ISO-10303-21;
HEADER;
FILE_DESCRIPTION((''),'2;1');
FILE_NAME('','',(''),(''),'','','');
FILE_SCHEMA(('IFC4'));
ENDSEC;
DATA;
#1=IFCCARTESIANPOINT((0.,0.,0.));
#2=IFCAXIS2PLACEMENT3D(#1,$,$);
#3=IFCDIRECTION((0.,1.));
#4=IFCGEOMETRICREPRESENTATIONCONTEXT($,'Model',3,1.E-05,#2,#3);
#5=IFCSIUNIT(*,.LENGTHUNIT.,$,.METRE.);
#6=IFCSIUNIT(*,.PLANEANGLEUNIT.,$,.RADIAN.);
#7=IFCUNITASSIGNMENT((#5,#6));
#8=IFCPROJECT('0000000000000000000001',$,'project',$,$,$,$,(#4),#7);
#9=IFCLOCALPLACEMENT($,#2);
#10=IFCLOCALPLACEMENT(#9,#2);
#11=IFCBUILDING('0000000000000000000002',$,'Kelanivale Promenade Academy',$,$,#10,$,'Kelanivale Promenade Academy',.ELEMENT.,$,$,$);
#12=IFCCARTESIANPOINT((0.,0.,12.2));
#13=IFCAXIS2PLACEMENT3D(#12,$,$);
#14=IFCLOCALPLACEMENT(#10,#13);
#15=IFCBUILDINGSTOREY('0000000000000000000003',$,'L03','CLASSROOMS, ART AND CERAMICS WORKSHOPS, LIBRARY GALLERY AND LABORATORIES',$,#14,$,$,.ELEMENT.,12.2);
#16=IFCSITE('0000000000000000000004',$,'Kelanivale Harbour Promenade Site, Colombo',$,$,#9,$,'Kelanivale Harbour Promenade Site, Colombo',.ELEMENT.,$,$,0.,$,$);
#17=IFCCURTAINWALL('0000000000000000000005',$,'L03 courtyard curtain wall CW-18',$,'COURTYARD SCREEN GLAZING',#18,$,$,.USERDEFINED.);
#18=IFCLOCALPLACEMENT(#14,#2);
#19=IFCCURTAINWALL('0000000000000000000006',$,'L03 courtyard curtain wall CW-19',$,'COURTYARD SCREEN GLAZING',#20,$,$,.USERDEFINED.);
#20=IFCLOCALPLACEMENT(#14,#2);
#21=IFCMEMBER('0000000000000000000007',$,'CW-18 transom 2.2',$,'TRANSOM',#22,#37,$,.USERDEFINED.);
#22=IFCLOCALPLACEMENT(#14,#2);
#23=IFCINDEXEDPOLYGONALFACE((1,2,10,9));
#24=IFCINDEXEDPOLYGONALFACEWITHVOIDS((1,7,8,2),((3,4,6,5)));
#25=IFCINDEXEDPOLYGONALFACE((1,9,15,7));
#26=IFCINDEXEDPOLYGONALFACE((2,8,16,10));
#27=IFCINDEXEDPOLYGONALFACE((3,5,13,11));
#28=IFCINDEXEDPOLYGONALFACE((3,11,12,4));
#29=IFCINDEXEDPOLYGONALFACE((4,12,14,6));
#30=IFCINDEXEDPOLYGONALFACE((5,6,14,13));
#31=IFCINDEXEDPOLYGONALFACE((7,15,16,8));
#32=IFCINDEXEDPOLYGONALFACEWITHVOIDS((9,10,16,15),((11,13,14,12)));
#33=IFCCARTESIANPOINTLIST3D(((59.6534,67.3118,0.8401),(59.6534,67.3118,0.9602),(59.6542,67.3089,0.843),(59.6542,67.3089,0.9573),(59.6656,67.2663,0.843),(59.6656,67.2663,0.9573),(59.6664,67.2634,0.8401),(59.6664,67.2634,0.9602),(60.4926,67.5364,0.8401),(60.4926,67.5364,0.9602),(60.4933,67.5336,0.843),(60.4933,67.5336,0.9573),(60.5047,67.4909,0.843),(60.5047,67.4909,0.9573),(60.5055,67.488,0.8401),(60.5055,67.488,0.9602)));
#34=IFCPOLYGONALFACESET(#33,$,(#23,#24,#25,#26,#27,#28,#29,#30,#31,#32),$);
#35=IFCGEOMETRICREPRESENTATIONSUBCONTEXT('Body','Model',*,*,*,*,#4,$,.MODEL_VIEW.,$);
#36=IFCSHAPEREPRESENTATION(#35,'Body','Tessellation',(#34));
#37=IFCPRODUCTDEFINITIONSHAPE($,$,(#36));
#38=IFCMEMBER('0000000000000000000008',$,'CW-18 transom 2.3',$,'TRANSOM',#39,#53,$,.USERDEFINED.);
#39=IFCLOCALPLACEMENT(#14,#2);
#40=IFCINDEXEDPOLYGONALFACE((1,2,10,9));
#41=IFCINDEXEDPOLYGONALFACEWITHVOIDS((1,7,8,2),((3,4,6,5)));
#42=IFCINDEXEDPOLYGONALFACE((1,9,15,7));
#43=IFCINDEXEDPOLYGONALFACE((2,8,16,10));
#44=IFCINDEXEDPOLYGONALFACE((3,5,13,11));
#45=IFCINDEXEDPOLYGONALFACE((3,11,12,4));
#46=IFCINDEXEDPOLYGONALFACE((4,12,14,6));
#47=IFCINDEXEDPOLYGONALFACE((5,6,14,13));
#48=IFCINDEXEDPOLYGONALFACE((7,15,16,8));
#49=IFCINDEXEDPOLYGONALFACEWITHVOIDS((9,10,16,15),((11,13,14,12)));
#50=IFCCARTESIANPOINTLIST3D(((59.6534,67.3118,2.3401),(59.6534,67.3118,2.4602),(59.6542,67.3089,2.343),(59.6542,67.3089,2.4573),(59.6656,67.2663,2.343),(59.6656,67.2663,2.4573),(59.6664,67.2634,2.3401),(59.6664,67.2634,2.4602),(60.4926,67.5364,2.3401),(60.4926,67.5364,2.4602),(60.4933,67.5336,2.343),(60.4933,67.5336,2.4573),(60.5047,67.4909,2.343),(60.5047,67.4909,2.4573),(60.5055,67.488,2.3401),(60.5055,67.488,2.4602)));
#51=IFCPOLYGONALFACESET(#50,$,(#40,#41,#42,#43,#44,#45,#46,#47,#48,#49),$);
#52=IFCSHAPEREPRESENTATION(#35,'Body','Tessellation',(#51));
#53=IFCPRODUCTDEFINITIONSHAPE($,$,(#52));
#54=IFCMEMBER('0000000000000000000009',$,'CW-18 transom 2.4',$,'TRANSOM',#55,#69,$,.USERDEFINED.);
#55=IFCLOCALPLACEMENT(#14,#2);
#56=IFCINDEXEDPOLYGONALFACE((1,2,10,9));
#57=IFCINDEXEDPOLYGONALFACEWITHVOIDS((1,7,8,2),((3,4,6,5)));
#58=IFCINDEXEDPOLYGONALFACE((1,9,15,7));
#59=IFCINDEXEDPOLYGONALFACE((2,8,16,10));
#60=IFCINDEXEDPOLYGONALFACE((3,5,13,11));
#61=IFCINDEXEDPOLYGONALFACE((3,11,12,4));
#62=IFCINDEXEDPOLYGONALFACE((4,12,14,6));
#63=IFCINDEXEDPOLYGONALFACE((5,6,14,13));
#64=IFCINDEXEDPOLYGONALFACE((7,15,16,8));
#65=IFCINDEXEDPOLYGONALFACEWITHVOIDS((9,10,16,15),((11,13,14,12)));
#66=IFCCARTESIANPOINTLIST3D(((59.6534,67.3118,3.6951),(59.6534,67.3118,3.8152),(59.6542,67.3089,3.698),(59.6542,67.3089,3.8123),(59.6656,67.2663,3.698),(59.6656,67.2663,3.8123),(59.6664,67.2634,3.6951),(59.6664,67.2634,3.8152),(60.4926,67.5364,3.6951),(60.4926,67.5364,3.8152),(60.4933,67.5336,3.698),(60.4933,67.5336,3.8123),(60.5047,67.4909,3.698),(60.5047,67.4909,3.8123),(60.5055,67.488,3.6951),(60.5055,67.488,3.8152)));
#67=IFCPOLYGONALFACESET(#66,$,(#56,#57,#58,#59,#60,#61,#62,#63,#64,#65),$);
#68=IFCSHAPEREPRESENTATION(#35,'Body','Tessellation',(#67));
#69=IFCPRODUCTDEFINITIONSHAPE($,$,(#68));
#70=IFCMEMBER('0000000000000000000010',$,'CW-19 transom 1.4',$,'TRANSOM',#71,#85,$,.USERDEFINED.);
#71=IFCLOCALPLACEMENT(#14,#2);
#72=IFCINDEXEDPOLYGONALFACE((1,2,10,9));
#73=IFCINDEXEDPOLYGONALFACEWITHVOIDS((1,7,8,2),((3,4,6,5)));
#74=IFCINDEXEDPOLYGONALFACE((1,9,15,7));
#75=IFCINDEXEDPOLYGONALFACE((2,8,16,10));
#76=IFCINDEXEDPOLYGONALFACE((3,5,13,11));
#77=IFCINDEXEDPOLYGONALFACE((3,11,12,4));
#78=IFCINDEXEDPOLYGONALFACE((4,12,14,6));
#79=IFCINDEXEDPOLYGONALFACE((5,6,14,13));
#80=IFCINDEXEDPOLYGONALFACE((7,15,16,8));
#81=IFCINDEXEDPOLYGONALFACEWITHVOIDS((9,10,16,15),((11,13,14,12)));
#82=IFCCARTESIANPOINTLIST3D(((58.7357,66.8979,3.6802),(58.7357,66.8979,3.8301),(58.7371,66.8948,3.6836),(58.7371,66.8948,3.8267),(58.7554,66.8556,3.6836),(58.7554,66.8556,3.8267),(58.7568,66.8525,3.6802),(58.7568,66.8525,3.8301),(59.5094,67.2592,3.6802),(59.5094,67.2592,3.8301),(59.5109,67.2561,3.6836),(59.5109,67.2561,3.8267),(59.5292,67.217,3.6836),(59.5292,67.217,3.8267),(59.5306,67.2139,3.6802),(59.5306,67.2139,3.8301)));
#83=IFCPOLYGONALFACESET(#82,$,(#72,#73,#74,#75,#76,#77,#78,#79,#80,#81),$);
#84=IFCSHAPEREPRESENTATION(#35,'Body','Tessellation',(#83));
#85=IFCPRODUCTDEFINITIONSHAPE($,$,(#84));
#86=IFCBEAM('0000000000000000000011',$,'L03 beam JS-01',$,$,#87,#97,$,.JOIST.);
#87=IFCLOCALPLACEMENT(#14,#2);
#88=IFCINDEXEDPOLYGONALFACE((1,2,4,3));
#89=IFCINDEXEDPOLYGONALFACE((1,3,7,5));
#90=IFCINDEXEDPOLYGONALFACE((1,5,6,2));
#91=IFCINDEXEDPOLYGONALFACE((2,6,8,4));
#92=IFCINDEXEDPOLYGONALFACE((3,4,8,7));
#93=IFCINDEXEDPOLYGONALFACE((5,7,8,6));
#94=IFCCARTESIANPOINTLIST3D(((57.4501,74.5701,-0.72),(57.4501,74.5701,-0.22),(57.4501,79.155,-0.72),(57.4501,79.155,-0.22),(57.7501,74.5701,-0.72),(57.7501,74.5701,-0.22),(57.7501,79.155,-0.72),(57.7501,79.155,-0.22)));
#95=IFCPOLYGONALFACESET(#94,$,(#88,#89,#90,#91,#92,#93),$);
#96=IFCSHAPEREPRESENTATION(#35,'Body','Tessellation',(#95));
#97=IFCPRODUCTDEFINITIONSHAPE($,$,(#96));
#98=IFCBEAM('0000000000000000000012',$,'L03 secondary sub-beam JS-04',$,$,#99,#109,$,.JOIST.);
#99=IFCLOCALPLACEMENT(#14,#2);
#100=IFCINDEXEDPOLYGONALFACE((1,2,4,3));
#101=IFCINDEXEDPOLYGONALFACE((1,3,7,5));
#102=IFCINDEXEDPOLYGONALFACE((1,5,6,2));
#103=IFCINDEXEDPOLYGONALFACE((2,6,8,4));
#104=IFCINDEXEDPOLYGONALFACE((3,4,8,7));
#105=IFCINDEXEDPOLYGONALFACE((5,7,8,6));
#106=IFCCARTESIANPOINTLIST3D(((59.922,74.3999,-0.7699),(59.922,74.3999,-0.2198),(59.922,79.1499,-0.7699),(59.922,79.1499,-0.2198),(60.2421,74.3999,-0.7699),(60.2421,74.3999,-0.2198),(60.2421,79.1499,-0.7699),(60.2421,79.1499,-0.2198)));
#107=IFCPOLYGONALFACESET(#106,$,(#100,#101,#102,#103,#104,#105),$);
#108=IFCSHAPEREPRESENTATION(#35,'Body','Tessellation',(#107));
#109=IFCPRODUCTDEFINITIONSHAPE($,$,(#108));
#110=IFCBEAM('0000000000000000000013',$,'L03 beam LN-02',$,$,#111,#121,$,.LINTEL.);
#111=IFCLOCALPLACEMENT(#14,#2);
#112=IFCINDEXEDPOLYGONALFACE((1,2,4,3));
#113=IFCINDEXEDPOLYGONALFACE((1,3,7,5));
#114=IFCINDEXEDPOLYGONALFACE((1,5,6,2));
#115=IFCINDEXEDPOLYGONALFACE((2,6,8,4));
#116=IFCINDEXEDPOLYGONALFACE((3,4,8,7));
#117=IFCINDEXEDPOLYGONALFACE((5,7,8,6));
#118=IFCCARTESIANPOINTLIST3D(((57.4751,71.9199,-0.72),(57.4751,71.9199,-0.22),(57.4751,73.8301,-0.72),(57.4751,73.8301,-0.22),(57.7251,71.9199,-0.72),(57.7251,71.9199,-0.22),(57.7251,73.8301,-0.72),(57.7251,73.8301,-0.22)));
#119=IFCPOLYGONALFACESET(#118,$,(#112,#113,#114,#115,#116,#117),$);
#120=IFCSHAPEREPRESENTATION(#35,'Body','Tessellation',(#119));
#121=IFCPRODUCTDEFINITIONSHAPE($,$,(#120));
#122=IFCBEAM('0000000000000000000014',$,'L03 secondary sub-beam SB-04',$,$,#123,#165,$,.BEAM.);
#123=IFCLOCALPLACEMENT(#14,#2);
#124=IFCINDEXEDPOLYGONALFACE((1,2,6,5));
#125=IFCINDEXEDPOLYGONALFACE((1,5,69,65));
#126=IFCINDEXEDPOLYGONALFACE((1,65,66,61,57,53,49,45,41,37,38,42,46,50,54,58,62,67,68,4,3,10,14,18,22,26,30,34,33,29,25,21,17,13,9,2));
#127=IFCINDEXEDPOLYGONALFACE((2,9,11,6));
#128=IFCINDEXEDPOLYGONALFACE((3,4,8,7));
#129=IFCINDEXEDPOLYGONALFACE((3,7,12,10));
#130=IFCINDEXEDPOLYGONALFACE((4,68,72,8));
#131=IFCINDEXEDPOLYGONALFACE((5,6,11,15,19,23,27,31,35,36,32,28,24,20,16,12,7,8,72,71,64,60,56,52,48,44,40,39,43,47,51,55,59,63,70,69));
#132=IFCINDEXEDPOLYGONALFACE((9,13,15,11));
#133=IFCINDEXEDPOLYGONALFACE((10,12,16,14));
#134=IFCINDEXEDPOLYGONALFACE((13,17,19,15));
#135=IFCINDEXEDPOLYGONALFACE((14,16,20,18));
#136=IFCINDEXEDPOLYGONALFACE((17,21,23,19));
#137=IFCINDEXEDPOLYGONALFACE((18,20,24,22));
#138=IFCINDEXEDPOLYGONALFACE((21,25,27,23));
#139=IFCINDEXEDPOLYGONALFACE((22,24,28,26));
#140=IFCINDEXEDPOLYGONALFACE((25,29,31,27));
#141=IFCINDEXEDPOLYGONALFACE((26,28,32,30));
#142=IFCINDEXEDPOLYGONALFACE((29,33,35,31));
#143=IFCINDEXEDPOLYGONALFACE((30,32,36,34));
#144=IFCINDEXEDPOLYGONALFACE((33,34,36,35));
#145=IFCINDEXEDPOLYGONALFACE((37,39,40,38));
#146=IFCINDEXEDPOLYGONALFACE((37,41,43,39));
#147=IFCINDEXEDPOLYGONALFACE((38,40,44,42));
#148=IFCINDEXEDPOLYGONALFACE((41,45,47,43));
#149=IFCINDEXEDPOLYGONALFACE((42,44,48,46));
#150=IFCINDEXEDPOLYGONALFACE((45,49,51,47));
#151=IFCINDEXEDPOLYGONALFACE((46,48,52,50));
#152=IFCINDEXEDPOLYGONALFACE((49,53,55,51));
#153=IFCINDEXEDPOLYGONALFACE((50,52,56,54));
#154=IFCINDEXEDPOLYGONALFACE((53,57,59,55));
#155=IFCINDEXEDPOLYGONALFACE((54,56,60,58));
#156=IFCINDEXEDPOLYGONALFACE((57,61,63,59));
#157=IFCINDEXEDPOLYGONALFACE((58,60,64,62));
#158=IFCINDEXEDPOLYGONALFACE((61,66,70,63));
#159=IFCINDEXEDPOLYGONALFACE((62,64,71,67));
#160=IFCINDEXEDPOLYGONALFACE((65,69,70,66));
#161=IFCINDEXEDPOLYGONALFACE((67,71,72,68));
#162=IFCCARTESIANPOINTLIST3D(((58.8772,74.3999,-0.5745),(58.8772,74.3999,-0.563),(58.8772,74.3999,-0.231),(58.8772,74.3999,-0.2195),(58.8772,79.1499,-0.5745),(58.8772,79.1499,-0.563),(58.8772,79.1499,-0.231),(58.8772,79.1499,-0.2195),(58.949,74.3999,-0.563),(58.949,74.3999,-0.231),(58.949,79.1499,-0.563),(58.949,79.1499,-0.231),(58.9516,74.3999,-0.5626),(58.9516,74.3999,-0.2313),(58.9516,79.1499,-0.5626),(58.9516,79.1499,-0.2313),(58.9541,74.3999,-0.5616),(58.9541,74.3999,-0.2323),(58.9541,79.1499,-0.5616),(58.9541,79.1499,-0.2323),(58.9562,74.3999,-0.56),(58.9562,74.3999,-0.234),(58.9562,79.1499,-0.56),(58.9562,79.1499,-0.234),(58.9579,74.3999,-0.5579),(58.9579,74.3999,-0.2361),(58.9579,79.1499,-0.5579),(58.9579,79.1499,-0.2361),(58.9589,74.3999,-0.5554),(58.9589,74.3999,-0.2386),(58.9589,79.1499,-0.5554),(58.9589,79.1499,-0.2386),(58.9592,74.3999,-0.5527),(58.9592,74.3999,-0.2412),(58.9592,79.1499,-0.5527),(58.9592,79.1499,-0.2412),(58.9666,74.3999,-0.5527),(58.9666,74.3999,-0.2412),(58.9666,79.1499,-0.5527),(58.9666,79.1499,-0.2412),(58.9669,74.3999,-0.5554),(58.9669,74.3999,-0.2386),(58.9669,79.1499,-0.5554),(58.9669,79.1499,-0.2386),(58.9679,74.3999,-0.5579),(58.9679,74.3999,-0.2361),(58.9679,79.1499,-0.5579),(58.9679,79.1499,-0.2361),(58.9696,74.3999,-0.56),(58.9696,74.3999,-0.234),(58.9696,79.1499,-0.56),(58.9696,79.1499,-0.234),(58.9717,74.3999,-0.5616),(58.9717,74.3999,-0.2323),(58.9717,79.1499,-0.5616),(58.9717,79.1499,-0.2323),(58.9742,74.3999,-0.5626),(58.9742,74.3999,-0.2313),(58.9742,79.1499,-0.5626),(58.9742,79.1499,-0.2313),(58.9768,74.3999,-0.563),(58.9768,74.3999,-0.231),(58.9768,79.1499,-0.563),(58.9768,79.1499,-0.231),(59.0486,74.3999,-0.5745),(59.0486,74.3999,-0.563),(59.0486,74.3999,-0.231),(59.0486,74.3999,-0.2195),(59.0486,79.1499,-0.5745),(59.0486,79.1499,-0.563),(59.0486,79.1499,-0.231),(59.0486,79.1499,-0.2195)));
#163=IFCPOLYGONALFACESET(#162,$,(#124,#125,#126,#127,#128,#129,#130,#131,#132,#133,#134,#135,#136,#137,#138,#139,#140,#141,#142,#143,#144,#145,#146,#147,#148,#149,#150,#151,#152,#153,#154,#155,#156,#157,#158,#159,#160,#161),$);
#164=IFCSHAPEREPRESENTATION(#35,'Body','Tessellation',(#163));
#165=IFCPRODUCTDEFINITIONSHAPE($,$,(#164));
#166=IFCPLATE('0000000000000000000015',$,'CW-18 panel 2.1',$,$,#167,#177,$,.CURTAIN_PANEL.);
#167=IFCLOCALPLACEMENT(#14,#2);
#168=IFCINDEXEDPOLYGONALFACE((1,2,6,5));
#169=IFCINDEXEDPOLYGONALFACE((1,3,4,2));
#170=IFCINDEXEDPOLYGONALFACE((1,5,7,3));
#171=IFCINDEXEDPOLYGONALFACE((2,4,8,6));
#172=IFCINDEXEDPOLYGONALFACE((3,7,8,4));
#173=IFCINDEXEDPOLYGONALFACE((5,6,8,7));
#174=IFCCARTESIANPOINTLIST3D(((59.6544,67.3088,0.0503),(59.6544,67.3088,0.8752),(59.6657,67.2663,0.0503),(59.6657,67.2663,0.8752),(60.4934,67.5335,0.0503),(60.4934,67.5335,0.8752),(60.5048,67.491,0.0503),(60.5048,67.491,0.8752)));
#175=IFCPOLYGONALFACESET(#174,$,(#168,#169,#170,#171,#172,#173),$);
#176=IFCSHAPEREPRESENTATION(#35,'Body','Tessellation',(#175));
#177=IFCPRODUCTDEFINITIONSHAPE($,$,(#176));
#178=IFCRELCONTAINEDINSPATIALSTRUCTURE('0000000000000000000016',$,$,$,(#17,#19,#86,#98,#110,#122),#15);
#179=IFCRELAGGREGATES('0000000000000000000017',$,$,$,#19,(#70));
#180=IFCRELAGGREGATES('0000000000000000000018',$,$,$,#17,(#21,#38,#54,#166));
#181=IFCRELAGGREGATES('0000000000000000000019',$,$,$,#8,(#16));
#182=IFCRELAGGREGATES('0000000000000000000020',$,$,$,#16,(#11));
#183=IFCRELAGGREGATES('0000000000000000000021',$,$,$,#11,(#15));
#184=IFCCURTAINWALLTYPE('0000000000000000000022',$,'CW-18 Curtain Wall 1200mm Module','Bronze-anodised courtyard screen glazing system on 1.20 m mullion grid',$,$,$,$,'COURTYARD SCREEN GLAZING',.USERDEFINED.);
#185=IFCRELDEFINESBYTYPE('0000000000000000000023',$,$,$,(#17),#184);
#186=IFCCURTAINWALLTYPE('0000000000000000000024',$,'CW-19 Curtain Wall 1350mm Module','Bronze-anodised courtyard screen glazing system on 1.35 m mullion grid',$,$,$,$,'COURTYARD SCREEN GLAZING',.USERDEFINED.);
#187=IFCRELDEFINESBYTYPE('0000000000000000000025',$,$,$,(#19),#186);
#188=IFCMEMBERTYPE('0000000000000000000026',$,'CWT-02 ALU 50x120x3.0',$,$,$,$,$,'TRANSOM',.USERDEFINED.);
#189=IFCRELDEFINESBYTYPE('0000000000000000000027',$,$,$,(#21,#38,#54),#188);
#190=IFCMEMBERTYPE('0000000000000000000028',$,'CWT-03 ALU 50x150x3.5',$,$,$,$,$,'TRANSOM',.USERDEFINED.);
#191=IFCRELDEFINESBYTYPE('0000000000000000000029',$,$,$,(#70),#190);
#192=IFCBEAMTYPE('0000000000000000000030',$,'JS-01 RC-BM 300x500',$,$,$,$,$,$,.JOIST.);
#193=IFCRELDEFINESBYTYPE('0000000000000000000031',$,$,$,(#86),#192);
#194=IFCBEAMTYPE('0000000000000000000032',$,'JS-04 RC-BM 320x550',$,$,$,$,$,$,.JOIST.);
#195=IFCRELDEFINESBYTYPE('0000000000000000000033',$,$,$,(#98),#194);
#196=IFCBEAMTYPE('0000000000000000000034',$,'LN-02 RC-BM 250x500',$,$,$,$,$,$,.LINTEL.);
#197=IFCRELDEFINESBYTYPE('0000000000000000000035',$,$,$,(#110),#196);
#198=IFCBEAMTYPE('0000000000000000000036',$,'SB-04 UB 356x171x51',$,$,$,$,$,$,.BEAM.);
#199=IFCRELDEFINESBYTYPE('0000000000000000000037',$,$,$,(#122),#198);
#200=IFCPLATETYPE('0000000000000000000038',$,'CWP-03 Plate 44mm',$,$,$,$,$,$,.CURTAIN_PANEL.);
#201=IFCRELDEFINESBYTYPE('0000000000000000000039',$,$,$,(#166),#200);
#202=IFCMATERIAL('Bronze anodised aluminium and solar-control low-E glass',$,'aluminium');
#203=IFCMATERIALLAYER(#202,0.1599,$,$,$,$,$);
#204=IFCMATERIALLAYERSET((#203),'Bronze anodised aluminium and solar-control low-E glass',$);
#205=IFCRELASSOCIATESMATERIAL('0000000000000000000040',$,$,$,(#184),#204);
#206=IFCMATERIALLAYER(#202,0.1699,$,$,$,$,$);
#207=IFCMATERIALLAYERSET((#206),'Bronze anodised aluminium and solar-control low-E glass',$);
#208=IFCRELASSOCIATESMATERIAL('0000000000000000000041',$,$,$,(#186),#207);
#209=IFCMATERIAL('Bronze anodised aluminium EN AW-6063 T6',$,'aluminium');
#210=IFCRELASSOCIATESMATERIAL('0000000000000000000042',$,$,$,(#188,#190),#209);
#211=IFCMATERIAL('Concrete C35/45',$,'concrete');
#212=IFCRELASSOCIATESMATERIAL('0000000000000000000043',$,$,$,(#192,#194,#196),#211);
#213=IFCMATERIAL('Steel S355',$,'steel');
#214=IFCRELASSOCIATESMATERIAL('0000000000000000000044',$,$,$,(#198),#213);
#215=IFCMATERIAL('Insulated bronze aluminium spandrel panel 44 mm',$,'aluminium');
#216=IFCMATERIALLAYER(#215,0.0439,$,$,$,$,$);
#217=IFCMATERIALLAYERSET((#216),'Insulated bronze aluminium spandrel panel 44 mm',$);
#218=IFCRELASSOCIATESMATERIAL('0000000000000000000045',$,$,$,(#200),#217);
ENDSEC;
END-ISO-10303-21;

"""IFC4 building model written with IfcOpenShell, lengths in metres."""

from ifc_helpers import new_model, si_unit, direction, frame, origin, origin_2d, place, context, subcontext, project, spatial, rectangle, hollow_rectangle, i_section, extrude, material, layer, layer_set, material_profile, profile_set, type_object, element, aggregate, save


model = new_model("IFC4")

# Units and contexts
model_context = context("Model", 3, precision=1e-05, world=origin(), true_north=direction((0.0, 1.0)))
body_context = subcontext(model_context, "Body", "Model", "MODEL_VIEW")
ifc_project = project(units=[si_unit("LENGTHUNIT", "METRE"), si_unit("PLANEANGLEUNIT", "RADIAN")], contexts=[model_context])

# Site, building, storey
site_placement = place(None, origin())
site = spatial("IfcSite", under=ifc_project, at=site_placement, Name="Kelanivale Harbour Promenade Site, Colombo", LongName="Kelanivale Harbour Promenade Site, Colombo", CompositionType="ELEMENT", RefElevation=0.0)
building_placement = place(site_placement, origin())
building = spatial("IfcBuilding", under=site, at=building_placement, Name="Kelanivale Promenade Academy", LongName="Kelanivale Promenade Academy", CompositionType="ELEMENT")
storey_placement = place(building_placement, frame((0.0, 0.0, 12.2)))
storey = spatial("IfcBuildingStorey", under=building, at=storey_placement, Name="L03", Description="CLASSROOMS, ART AND CERAMICS WORKSHOPS, LIBRARY GALLERY AND LABORATORIES", CompositionType="ELEMENT", Elevation=12.2)

# Shared definitions
ifc_material_1 = material(Name="Concrete C35/45", Category="concrete")

# Curtain wall
ifc_material_2 = material(Name="Bronze anodised aluminium and solar-control low-E glass", Category="aluminium")
ifc_layer_1 = layer(ifc_material_2, 0.1599)
ifc_layer_set_1 = layer_set([ifc_layer_1], Name="Bronze anodised aluminium and solar-control low-E glass")
curtain_wall_type_1 = type_object("IfcCurtainWallType", Name="CW-18 Curtain Wall 1200mm Module", Description="Bronze-anodised courtyard screen glazing system on 1.20 m mullion grid", ElementType="COURTYARD SCREEN GLAZING", PredefinedType="USERDEFINED", material=ifc_layer_set_1)
curtain_wall_1_placement = place(storey_placement, origin())
curtain_wall_1 = element("IfcCurtainWall", 1, at=curtain_wall_1_placement, inside=storey, type_object=curtain_wall_type_1, Name="L03 courtyard curtain wall CW-18", ObjectType="COURTYARD SCREEN GLAZING", PredefinedType="USERDEFINED")
ifc_material_3 = material(Name="Bronze anodised aluminium EN AW-6063 T6", Category="aluminium")

# Curtain wall
ifc_layer_2 = layer(ifc_material_2, 0.1699)
ifc_layer_set_2 = layer_set([ifc_layer_2], Name="Bronze anodised aluminium and solar-control low-E glass")
curtain_wall_type_2 = type_object("IfcCurtainWallType", Name="CW-19 Curtain Wall 1350mm Module", Description="Bronze-anodised courtyard screen glazing system on 1.35 m mullion grid", ElementType="COURTYARD SCREEN GLAZING", PredefinedType="USERDEFINED", material=ifc_layer_set_2)
curtain_wall_2_placement = place(storey_placement, origin())
curtain_wall_2 = element("IfcCurtainWall", 2, at=curtain_wall_2_placement, inside=storey, type_object=curtain_wall_type_2, Name="L03 courtyard curtain wall CW-19", ObjectType="COURTYARD SCREEN GLAZING", PredefinedType="USERDEFINED")

# Members
ifc_material_profile_1 = material_profile(ifc_material_3, hollow_rectangle(XDim=0.05, YDim=0.1201, WallThickness=0.0029, at=origin_2d()), Name="ALU 50x120x3.0")
ifc_profile_set_1 = profile_set([ifc_material_profile_1], Name="Bronze anodised aluminium EN AW-6063 T6")
member_type_1 = type_object("IfcMemberType", Name="CWT-02 ALU 50x120x3.0", ElementType="TRANSOM", PredefinedType="USERDEFINED", material=ifc_profile_set_1)
member_1_placement = place(storey_placement, frame((60.499, 67.5122, 0.9001), z_axis=(-0.965992, -0.258572, 0.0), x_axis=(0.258572, -0.965992, 0.0)))
member_1 = element("IfcMember", 3, at=member_1_placement, type_object=member_type_1, Name="CW-18 transom 2.2", ObjectType="TRANSOM", PredefinedType="USERDEFINED", context=body_context, shape_type="SweptSolid", body=[
    extrude(hollow_rectangle(XDim=0.05, YDim=0.1201, WallThickness=0.0029, at=origin_2d()), origin(), (0.0, 0.0, 1.0), 0.8687),
])
member_2_placement = place(storey_placement, frame((60.499, 67.5122, 2.4001), z_axis=(-0.965992, -0.258572, 0.0), x_axis=(0.258572, -0.965992, 0.0)))
member_2 = element("IfcMember", 4, at=member_2_placement, type_object=member_type_1, Name="CW-18 transom 2.3", ObjectType="TRANSOM", PredefinedType="USERDEFINED", context=body_context, shape_type="SweptSolid", body=[
    extrude(hollow_rectangle(XDim=0.05, YDim=0.1201, WallThickness=0.0029, at=origin_2d()), origin(), (0.0, 0.0, 1.0), 0.8687),
])
member_3_placement = place(storey_placement, frame((60.499, 67.5122, 3.7551), z_axis=(-0.965992, -0.258572, 0.0), x_axis=(0.258572, -0.965992, 0.0)))
member_3 = element("IfcMember", 5, at=member_3_placement, type_object=member_type_1, Name="CW-18 transom 2.4", ObjectType="TRANSOM", PredefinedType="USERDEFINED", context=body_context, shape_type="SweptSolid", body=[
    extrude(hollow_rectangle(XDim=0.05, YDim=0.1201, WallThickness=0.0029, at=origin_2d()), origin(), (0.0, 0.0, 1.0), 0.8687),
])
ifc_material_profile_2 = material_profile(ifc_material_3, hollow_rectangle(XDim=0.05, YDim=0.1499, WallThickness=0.0034, at=origin_2d()), Name="ALU 50x150x3.5")
ifc_profile_set_2 = profile_set([ifc_material_profile_2], Name="Bronze anodised aluminium EN AW-6063 T6")
member_type_2 = type_object("IfcMemberType", Name="CWT-03 ALU 50x150x3.5", ElementType="TRANSOM", PredefinedType="USERDEFINED", material=ifc_profile_set_2)
member_4_placement = place(storey_placement, frame((59.52, 67.2366, 3.7551), z_axis=(-0.906059, -0.423152, 0.0), x_axis=(0.423152, -0.906059, 0.0)))
member_4 = element("IfcMember", 6, at=member_4_placement, type_object=member_type_2, Name="CW-19 transom 1.4", ObjectType="TRANSOM", PredefinedType="USERDEFINED", context=body_context, shape_type="SweptSolid", body=[
    extrude(hollow_rectangle(XDim=0.05, YDim=0.1499, WallThickness=0.0034, at=origin_2d()), origin(), (0.0, 0.0, 1.0), 0.854),
])
aggregate(curtain_wall_2, [member_4])

# Beams
ifc_material_profile_3 = material_profile(ifc_material_1, rectangle(XDim=0.3, YDim=0.5, at=origin_2d()), Name="RC-BM 300x500")
ifc_profile_set_3 = profile_set([ifc_material_profile_3], Name="Concrete C35/45")
beam_type_1 = type_object("IfcBeamType", Name="JS-01 RC-BM 300x500", PredefinedType="JOIST", material=ifc_profile_set_3)
beam_1_placement = place(storey_placement, frame((57.6001, 74.5701, -0.47), z_axis=(0.0, 1.0, 0.0), x_axis=(-1.0, 0.0, 0.0)))
element("IfcBeam", 7, at=beam_1_placement, inside=storey, type_object=beam_type_1, Name="L03 beam JS-01", PredefinedType="JOIST", context=body_context, shape_type="SweptSolid", body=[
    extrude(rectangle(XDim=0.3, YDim=0.5, at=origin_2d()), origin(), (0.0, 0.0, 1.0), 4.585),
])
ifc_material_profile_4 = material_profile(ifc_material_1, rectangle(XDim=0.3201, YDim=0.55, at=origin_2d()), Name="RC-BM 320x550")
ifc_profile_set_4 = profile_set([ifc_material_profile_4], Name="Concrete C35/45")
beam_type_2 = type_object("IfcBeamType", Name="JS-04 RC-BM 320x550", PredefinedType="JOIST", material=ifc_profile_set_4)
beam_2_placement = place(storey_placement, frame((60.082, 74.3999, -0.4949), z_axis=(0.0, 1.0, 0.0), x_axis=(-1.0, 0.0, 0.0)))
element("IfcBeam", 8, at=beam_2_placement, inside=storey, type_object=beam_type_2, Name="L03 secondary sub-beam JS-04", PredefinedType="JOIST", context=body_context, shape_type="SweptSolid", body=[
    extrude(rectangle(XDim=0.3201, YDim=0.55, at=origin_2d()), origin(), (0.0, 0.0, 1.0), 4.75),
])
ifc_material_profile_5 = material_profile(ifc_material_1, rectangle(XDim=0.25, YDim=0.5, at=origin_2d()), Name="RC-BM 250x500")
ifc_profile_set_5 = profile_set([ifc_material_profile_5], Name="Concrete C35/45")
beam_type_3 = type_object("IfcBeamType", Name="LN-02 RC-BM 250x500", PredefinedType="LINTEL", material=ifc_profile_set_5)
beam_3_placement = place(storey_placement, frame((57.6001, 71.9199, -0.47), z_axis=(0.0, 1.0, 0.0), x_axis=(-1.0, 0.0, 0.0)))
element("IfcBeam", 9, at=beam_3_placement, inside=storey, type_object=beam_type_3, Name="L03 beam LN-02", PredefinedType="LINTEL", context=body_context, shape_type="SweptSolid", body=[
    extrude(rectangle(XDim=0.25, YDim=0.5, at=origin_2d()), origin(), (0.0, 0.0, 1.0), 1.9102),
])
ifc_material_4 = material(Name="Steel S355", Category="steel")
ifc_material_profile_6 = material_profile(ifc_material_4, i_section(OverallWidth=0.1714, OverallDepth=0.355, WebThickness=0.0073, FlangeThickness=0.0115, FilletRadius=0.0103, at=origin_2d()), Name="UB 356x171x51")
ifc_profile_set_6 = profile_set([ifc_material_profile_6], Name="Steel S355")
beam_type_4 = type_object("IfcBeamType", Name="SB-04 UB 356x171x51", PredefinedType="BEAM", material=ifc_profile_set_6)
beam_4_placement = place(storey_placement, frame((58.9629, 74.3999, -0.397), z_axis=(0.0, 1.0, 0.0), x_axis=(-1.0, 0.0, 0.0)))
element("IfcBeam", 10, at=beam_4_placement, inside=storey, type_object=beam_type_4, Name="L03 secondary sub-beam SB-04", PredefinedType="BEAM", context=body_context, shape_type="SweptSolid", body=[
    extrude(i_section(OverallWidth=0.1714, OverallDepth=0.355, WebThickness=0.0073, FlangeThickness=0.0115, FilletRadius=0.0103, at=origin_2d()), origin(), (0.0, 0.0, 1.0), 4.75),
])

# Plate
ifc_material_5 = material(Name="Insulated bronze aluminium spandrel panel 44 mm", Category="aluminium")
ifc_layer_3 = layer(ifc_material_5, 0.0439)
ifc_layer_set_3 = layer_set([ifc_layer_3], Name="Insulated bronze aluminium spandrel panel 44 mm")
plate_type = type_object("IfcPlateType", Name="CWP-03 Plate 44mm", PredefinedType="CURTAIN_PANEL", material=ifc_layer_set_3)
plate_1_placement = place(storey_placement, frame((60.0796, 67.3999, 0.0503), z_axis=(0.0, 0.0, 1.0), x_axis=(-0.965957, -0.258701, 0.0)))
plate_1 = element("IfcPlate", 11, at=plate_1_placement, type_object=plate_type, Name="CW-18 panel 2.1", PredefinedType="CURTAIN_PANEL", context=body_context, shape_type="SweptSolid", body=[
    extrude(rectangle(XDim=0.8687, YDim=0.0439, at=origin_2d()), origin(), (0.0, 0.0, 1.0), 0.825),
])
aggregate(curtain_wall_1, [member_1, member_2, member_3, plate_1])

save(model, "model.ifc")
